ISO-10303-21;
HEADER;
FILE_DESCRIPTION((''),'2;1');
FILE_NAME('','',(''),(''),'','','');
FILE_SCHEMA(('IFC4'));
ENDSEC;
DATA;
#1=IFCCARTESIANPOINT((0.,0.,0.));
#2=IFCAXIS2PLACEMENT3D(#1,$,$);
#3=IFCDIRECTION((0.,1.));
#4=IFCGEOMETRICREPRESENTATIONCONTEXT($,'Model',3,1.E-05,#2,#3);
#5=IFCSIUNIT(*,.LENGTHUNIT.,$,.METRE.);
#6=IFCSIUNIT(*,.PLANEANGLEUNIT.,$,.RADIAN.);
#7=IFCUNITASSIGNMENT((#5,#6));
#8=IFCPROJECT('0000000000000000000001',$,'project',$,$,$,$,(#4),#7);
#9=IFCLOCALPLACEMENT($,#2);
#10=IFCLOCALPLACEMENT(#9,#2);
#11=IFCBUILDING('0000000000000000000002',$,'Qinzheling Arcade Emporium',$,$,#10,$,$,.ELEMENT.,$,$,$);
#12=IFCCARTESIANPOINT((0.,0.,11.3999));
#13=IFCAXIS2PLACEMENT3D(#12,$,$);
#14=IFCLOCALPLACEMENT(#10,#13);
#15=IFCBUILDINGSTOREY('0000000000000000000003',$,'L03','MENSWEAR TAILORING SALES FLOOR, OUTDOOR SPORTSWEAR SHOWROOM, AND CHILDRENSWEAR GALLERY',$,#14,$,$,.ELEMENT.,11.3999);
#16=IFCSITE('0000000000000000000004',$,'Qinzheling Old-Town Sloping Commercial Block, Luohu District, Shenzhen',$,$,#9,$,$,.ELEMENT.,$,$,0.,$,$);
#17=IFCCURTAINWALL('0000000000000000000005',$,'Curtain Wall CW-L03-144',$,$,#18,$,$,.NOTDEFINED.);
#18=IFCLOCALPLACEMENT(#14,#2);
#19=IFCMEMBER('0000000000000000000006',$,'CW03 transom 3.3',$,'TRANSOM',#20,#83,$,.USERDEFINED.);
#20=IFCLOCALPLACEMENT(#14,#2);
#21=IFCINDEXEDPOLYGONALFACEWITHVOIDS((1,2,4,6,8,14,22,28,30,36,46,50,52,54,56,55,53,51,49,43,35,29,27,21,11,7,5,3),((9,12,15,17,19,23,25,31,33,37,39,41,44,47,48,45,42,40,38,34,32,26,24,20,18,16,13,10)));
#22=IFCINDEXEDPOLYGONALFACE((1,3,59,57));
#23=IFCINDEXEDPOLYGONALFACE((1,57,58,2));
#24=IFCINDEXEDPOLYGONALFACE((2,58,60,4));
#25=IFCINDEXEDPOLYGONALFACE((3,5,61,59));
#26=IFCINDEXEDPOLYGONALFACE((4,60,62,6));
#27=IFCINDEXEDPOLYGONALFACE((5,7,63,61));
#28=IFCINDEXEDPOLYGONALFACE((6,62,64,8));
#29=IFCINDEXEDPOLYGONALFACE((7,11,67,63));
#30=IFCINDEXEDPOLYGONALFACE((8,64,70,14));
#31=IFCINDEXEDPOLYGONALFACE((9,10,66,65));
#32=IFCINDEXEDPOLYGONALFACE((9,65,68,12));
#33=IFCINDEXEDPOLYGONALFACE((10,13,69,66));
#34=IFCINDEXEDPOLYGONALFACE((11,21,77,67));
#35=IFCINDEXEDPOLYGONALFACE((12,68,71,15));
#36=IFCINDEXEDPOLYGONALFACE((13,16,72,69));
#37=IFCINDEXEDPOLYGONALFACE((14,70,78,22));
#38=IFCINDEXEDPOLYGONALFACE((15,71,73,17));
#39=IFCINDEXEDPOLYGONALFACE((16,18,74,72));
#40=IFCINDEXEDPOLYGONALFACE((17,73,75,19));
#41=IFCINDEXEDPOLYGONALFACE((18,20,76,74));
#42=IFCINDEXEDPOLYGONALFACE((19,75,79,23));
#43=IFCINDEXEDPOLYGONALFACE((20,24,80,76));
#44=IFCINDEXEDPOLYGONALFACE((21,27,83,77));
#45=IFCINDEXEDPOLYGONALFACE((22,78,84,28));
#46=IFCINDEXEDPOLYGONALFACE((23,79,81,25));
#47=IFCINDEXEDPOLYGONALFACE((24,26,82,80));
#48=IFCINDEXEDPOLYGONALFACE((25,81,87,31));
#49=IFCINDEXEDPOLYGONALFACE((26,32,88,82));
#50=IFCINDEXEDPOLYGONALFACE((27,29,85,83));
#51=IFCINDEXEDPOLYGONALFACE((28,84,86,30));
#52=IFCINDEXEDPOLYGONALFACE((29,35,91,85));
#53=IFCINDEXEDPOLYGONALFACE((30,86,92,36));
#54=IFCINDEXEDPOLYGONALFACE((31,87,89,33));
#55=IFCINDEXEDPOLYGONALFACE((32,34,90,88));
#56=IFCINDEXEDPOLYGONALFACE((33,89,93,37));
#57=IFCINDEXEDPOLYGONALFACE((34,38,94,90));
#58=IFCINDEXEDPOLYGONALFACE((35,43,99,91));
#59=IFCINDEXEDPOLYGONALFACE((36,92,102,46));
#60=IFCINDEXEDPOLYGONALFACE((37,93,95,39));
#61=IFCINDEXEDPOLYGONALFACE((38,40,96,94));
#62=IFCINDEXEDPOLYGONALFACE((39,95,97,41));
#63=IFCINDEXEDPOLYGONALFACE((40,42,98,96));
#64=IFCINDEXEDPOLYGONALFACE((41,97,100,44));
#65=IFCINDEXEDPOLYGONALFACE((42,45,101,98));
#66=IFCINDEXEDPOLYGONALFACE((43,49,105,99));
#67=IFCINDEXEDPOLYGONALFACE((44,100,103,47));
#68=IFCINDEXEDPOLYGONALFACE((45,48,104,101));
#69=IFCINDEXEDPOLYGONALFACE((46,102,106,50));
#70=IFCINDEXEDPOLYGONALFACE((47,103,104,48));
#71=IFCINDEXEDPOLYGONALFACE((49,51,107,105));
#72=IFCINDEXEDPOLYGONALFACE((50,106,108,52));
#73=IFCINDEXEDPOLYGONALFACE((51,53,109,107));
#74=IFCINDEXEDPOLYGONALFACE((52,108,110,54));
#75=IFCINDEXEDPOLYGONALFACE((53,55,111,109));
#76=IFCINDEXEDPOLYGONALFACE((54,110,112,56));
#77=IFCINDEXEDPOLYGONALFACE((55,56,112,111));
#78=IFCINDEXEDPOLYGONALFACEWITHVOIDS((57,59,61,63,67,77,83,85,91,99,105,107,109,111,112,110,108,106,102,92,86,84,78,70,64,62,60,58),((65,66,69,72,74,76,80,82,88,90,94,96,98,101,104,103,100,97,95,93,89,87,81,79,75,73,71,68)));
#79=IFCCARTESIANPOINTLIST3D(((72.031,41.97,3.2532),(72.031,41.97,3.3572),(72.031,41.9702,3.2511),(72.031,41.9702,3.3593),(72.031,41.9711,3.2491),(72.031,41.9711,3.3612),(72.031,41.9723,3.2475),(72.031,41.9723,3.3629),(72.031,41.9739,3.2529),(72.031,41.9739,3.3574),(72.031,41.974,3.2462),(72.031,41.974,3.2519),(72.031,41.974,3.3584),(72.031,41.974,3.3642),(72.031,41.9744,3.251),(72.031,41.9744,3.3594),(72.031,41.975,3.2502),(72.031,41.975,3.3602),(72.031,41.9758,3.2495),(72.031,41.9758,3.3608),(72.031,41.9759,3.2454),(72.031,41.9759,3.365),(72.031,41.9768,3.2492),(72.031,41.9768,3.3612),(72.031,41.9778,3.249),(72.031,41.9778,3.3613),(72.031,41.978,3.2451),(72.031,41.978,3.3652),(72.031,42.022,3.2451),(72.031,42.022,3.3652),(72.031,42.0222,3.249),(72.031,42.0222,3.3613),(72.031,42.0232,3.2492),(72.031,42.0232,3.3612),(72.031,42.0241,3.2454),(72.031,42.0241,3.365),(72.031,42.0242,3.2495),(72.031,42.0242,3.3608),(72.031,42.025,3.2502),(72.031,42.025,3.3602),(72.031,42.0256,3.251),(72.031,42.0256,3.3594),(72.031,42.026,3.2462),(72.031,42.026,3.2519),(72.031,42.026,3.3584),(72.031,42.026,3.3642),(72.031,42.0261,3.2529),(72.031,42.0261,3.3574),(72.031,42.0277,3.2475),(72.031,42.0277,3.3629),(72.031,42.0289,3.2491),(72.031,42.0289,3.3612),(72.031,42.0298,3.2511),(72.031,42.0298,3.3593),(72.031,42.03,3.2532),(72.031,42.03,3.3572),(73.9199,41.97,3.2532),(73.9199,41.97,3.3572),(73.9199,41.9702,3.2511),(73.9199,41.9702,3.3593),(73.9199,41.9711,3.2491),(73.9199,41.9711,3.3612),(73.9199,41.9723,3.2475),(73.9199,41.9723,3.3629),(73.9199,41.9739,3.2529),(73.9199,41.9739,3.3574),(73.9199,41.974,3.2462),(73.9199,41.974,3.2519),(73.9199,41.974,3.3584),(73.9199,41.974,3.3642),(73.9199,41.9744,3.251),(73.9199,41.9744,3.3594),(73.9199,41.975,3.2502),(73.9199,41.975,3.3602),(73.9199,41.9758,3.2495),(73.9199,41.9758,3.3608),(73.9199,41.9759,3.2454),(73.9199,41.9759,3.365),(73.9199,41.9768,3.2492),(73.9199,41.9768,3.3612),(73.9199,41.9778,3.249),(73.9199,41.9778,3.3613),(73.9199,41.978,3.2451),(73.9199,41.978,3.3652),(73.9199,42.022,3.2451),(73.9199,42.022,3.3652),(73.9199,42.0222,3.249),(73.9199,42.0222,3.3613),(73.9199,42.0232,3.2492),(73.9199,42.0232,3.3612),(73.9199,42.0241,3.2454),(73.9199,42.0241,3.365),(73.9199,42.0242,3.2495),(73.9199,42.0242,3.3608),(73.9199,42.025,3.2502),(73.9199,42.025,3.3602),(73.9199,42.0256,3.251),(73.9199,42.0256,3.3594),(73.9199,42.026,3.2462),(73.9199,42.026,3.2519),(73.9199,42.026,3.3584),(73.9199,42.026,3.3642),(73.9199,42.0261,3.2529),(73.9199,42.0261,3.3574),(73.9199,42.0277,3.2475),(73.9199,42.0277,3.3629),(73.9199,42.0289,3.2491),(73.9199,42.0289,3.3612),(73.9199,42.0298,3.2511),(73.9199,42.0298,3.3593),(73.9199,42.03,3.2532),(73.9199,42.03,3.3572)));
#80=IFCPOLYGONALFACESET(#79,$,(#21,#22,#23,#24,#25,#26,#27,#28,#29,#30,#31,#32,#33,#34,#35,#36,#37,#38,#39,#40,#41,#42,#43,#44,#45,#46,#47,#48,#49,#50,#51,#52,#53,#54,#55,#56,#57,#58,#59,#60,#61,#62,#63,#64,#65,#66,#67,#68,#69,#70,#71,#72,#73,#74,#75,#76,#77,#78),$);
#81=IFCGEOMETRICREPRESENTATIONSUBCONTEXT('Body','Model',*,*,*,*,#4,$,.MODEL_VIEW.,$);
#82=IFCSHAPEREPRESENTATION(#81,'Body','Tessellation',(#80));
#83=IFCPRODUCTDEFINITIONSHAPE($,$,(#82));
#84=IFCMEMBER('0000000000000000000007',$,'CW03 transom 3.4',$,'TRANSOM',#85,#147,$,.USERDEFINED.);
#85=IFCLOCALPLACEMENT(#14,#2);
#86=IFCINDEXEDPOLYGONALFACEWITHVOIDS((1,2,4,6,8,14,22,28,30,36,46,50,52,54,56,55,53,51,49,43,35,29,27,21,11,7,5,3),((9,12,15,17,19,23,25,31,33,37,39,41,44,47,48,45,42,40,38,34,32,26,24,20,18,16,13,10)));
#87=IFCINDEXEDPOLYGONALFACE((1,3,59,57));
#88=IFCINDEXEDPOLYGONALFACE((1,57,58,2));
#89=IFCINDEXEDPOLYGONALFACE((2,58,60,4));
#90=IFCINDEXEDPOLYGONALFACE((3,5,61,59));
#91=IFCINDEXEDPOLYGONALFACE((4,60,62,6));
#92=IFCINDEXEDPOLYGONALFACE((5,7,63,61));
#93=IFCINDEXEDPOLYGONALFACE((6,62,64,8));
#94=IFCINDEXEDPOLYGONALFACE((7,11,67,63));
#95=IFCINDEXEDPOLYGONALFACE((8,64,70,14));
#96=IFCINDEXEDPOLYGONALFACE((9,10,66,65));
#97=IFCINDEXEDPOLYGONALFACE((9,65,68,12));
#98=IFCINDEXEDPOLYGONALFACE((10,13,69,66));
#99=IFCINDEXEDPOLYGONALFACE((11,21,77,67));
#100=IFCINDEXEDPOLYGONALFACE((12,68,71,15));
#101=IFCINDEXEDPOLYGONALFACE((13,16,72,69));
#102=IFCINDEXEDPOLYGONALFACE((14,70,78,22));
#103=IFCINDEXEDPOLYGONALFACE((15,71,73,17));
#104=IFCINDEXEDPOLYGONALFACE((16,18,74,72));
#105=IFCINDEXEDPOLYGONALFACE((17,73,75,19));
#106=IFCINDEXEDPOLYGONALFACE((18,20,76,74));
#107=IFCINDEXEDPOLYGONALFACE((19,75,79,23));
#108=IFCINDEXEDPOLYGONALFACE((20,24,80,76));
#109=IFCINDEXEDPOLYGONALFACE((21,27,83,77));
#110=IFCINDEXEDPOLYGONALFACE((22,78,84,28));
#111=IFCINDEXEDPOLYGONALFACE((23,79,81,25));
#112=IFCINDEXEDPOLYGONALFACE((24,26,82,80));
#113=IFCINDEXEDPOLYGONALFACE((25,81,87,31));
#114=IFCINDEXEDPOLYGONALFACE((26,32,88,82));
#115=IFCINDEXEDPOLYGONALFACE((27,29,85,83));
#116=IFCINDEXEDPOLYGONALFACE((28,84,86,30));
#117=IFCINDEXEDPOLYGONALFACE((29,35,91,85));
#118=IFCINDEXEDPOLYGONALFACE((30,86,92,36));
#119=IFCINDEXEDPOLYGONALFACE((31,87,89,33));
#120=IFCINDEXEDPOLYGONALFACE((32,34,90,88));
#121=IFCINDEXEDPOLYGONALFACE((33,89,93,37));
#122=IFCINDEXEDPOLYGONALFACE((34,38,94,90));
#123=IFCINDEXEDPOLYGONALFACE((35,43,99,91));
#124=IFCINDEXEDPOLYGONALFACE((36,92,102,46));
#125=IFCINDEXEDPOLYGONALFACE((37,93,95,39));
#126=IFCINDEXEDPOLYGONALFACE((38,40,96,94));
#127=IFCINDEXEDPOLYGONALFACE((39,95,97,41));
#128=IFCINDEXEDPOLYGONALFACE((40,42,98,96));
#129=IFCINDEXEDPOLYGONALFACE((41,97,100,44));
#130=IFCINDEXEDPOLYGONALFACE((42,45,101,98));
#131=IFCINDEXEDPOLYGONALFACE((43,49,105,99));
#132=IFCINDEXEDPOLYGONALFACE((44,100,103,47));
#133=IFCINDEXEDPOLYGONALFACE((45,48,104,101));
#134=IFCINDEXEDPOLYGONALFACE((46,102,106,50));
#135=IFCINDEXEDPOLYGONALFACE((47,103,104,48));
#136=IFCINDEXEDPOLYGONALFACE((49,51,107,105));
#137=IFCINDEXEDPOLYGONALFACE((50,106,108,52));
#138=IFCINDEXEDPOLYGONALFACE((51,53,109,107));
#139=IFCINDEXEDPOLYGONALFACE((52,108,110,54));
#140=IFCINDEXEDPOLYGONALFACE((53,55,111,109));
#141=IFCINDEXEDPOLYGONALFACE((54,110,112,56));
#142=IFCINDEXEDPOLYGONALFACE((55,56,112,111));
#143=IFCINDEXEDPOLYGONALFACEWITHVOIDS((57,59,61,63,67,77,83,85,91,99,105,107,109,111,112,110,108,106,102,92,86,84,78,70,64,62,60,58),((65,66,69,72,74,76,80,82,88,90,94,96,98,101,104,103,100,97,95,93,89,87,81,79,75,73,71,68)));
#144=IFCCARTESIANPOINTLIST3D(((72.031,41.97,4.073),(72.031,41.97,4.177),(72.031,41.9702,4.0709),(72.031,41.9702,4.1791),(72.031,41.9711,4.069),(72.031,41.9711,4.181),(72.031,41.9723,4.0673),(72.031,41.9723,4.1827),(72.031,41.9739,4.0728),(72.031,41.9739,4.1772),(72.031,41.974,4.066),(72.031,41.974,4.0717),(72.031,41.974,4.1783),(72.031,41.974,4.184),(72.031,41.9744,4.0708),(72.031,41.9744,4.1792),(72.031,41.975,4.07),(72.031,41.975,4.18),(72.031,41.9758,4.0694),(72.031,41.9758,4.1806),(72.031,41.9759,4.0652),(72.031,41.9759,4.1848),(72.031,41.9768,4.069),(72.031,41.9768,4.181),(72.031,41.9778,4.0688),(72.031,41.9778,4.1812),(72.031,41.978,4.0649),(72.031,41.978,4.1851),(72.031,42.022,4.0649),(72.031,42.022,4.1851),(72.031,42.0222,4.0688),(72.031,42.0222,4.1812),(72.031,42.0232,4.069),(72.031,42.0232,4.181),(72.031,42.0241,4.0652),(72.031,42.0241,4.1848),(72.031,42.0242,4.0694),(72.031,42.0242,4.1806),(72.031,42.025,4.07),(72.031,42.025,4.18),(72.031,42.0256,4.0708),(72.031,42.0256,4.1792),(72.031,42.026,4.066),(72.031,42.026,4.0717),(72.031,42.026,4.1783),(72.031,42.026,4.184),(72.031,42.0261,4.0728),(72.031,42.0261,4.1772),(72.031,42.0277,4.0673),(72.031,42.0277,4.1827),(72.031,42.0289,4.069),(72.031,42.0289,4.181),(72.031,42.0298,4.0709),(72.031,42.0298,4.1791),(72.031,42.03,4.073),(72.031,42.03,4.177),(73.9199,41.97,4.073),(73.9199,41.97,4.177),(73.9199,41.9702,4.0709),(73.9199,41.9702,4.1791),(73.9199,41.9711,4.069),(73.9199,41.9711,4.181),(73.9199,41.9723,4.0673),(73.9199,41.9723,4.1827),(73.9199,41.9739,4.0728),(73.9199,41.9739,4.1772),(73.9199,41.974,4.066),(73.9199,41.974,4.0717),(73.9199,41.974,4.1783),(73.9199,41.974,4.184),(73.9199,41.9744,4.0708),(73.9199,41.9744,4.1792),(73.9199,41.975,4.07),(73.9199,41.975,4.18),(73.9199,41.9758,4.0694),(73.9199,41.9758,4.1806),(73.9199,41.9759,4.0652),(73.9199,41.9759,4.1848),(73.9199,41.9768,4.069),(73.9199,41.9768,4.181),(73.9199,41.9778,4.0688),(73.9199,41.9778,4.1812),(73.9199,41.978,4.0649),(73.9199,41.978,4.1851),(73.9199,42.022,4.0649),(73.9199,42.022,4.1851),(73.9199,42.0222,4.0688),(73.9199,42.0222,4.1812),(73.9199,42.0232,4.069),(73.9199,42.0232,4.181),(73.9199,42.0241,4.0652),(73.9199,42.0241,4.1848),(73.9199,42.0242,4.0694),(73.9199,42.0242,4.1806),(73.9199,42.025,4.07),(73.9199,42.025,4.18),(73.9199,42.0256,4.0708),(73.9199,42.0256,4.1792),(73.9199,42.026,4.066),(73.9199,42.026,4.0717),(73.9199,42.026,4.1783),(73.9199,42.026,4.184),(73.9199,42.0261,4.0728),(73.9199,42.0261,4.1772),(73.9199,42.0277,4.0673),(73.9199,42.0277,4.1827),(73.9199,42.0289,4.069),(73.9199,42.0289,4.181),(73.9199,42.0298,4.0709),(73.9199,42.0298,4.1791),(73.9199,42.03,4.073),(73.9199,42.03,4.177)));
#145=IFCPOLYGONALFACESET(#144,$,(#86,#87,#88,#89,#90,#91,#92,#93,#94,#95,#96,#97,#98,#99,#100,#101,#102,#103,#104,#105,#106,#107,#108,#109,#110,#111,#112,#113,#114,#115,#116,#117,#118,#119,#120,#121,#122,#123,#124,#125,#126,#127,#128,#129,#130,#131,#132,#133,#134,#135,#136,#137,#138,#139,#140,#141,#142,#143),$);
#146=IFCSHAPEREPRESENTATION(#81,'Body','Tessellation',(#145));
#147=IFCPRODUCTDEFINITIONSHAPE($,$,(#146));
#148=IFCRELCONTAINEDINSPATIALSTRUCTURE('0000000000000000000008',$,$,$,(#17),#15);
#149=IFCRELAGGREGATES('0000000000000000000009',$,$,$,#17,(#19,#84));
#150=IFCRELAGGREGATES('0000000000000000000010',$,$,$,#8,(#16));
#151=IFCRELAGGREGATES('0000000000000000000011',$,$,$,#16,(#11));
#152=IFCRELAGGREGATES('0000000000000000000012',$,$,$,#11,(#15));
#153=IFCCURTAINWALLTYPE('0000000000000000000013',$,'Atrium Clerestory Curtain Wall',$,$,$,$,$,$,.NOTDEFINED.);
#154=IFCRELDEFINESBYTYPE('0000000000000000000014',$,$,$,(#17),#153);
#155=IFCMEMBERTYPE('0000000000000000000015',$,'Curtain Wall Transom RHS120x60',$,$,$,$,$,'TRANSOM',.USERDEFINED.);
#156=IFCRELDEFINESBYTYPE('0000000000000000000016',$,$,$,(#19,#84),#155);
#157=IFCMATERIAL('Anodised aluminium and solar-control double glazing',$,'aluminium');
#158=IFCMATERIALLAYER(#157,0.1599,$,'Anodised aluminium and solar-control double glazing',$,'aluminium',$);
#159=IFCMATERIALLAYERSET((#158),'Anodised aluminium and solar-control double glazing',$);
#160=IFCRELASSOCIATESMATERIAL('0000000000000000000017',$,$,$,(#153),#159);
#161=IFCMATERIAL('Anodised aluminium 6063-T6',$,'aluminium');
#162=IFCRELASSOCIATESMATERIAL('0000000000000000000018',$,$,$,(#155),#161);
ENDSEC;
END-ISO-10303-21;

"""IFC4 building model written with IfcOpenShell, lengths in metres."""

from ifc_helpers import new_model, si_unit, direction, frame, origin, origin_2d, place, context, subcontext, project, spatial, hollow_rectangle, extrude, material, layer, layer_set, material_profile, profile_set, type_object, element, aggregate, save


model = new_model("IFC4")

# Units and contexts
model_context = context("Model", 3, precision=1e-05, world=origin(), true_north=direction((0.0, 1.0)))
body_context = subcontext(model_context, "Body", "Model", "MODEL_VIEW")
ifc_project = project(units=[si_unit("LENGTHUNIT", "METRE"), si_unit("PLANEANGLEUNIT", "RADIAN")], contexts=[model_context])

# Site, building, storey
site_placement = place(None, origin())
site = spatial("IfcSite", under=ifc_project, at=site_placement, Name="Qinzheling Old-Town Sloping Commercial Block, Luohu District, Shenzhen", CompositionType="ELEMENT", RefElevation=0.0)
building_placement = place(site_placement, origin())
building = spatial("IfcBuilding", under=site, at=building_placement, Name="Qinzheling Arcade Emporium", CompositionType="ELEMENT")
storey_placement = place(building_placement, frame((0.0, 0.0, 11.3999)))
storey = spatial("IfcBuildingStorey", under=building, at=storey_placement, Name="L03", Description="MENSWEAR TAILORING SALES FLOOR, OUTDOOR SPORTSWEAR SHOWROOM, AND CHILDRENSWEAR GALLERY", CompositionType="ELEMENT", Elevation=11.3999)

# Curtain wall, members
ifc_material_1 = material(Name="Anodised aluminium and solar-control double glazing", Category="aluminium")
ifc_layer_1 = layer(ifc_material_1, 0.1599, Name="Anodised aluminium and solar-control double glazing", Category="aluminium")
ifc_layer_set_1 = layer_set([ifc_layer_1], Name="Anodised aluminium and solar-control double glazing")
curtain_wall_type = type_object("IfcCurtainWallType", Name="Atrium Clerestory Curtain Wall", PredefinedType="NOTDEFINED", material=ifc_layer_set_1)
curtain_wall_placement = place(storey_placement, origin())
curtain_wall = element("IfcCurtainWall", 1, at=curtain_wall_placement, inside=storey, type_object=curtain_wall_type, Name="Curtain Wall CW-L03-144", PredefinedType="NOTDEFINED")
ifc_material_2 = material(Name="Anodised aluminium 6063-T6", Category="aluminium")
ifc_material_profile_1 = material_profile(ifc_material_2, hollow_rectangle(XDim=0.0601, YDim=0.1201, WallThickness=0.0039, InnerFilletRadius=0.0039, OuterFilletRadius=0.0081, at=origin_2d()), Name="RHS 120x60x4", Category="aluminium")
ifc_profile_set_1 = profile_set([ifc_material_profile_1], Name="Anodised aluminium 6063-T6")
member_type_1 = type_object("IfcMemberType", Name="Curtain Wall Transom RHS120x60", ElementType="TRANSOM", PredefinedType="USERDEFINED", material=ifc_profile_set_1)
member_1_placement = place(storey_placement, frame((73.9199, 42.0, 3.3052), z_axis=(-1.0, 0.0, 0.0), x_axis=(0.0, -1.0, 0.0)))
member_1 = element("IfcMember", 2, at=member_1_placement, type_object=member_type_1, Name="CW03 transom 3.3", ObjectType="TRANSOM", PredefinedType="USERDEFINED", context=body_context, shape_type="SweptSolid", body=[
    extrude(hollow_rectangle(XDim=0.0601, YDim=0.1201, WallThickness=0.0039, InnerFilletRadius=0.0039, OuterFilletRadius=0.0081, at=origin_2d()), origin(), (0.0, 0.0, 1.0), 1.8889),
])
member_2_placement = place(storey_placement, frame((73.9199, 42.0, 4.125), z_axis=(-1.0, 0.0, 0.0), x_axis=(0.0, -1.0, 0.0)))
member_2 = element("IfcMember", 3, at=member_2_placement, type_object=member_type_1, Name="CW03 transom 3.4", ObjectType="TRANSOM", PredefinedType="USERDEFINED", context=body_context, shape_type="SweptSolid", body=[
    extrude(hollow_rectangle(XDim=0.0601, YDim=0.1201, WallThickness=0.0039, InnerFilletRadius=0.0039, OuterFilletRadius=0.0081, at=origin_2d()), origin(), (0.0, 0.0, 1.0), 1.8889),
])
aggregate(curtain_wall, [member_1, member_2])

save(model, "model.ifc")
